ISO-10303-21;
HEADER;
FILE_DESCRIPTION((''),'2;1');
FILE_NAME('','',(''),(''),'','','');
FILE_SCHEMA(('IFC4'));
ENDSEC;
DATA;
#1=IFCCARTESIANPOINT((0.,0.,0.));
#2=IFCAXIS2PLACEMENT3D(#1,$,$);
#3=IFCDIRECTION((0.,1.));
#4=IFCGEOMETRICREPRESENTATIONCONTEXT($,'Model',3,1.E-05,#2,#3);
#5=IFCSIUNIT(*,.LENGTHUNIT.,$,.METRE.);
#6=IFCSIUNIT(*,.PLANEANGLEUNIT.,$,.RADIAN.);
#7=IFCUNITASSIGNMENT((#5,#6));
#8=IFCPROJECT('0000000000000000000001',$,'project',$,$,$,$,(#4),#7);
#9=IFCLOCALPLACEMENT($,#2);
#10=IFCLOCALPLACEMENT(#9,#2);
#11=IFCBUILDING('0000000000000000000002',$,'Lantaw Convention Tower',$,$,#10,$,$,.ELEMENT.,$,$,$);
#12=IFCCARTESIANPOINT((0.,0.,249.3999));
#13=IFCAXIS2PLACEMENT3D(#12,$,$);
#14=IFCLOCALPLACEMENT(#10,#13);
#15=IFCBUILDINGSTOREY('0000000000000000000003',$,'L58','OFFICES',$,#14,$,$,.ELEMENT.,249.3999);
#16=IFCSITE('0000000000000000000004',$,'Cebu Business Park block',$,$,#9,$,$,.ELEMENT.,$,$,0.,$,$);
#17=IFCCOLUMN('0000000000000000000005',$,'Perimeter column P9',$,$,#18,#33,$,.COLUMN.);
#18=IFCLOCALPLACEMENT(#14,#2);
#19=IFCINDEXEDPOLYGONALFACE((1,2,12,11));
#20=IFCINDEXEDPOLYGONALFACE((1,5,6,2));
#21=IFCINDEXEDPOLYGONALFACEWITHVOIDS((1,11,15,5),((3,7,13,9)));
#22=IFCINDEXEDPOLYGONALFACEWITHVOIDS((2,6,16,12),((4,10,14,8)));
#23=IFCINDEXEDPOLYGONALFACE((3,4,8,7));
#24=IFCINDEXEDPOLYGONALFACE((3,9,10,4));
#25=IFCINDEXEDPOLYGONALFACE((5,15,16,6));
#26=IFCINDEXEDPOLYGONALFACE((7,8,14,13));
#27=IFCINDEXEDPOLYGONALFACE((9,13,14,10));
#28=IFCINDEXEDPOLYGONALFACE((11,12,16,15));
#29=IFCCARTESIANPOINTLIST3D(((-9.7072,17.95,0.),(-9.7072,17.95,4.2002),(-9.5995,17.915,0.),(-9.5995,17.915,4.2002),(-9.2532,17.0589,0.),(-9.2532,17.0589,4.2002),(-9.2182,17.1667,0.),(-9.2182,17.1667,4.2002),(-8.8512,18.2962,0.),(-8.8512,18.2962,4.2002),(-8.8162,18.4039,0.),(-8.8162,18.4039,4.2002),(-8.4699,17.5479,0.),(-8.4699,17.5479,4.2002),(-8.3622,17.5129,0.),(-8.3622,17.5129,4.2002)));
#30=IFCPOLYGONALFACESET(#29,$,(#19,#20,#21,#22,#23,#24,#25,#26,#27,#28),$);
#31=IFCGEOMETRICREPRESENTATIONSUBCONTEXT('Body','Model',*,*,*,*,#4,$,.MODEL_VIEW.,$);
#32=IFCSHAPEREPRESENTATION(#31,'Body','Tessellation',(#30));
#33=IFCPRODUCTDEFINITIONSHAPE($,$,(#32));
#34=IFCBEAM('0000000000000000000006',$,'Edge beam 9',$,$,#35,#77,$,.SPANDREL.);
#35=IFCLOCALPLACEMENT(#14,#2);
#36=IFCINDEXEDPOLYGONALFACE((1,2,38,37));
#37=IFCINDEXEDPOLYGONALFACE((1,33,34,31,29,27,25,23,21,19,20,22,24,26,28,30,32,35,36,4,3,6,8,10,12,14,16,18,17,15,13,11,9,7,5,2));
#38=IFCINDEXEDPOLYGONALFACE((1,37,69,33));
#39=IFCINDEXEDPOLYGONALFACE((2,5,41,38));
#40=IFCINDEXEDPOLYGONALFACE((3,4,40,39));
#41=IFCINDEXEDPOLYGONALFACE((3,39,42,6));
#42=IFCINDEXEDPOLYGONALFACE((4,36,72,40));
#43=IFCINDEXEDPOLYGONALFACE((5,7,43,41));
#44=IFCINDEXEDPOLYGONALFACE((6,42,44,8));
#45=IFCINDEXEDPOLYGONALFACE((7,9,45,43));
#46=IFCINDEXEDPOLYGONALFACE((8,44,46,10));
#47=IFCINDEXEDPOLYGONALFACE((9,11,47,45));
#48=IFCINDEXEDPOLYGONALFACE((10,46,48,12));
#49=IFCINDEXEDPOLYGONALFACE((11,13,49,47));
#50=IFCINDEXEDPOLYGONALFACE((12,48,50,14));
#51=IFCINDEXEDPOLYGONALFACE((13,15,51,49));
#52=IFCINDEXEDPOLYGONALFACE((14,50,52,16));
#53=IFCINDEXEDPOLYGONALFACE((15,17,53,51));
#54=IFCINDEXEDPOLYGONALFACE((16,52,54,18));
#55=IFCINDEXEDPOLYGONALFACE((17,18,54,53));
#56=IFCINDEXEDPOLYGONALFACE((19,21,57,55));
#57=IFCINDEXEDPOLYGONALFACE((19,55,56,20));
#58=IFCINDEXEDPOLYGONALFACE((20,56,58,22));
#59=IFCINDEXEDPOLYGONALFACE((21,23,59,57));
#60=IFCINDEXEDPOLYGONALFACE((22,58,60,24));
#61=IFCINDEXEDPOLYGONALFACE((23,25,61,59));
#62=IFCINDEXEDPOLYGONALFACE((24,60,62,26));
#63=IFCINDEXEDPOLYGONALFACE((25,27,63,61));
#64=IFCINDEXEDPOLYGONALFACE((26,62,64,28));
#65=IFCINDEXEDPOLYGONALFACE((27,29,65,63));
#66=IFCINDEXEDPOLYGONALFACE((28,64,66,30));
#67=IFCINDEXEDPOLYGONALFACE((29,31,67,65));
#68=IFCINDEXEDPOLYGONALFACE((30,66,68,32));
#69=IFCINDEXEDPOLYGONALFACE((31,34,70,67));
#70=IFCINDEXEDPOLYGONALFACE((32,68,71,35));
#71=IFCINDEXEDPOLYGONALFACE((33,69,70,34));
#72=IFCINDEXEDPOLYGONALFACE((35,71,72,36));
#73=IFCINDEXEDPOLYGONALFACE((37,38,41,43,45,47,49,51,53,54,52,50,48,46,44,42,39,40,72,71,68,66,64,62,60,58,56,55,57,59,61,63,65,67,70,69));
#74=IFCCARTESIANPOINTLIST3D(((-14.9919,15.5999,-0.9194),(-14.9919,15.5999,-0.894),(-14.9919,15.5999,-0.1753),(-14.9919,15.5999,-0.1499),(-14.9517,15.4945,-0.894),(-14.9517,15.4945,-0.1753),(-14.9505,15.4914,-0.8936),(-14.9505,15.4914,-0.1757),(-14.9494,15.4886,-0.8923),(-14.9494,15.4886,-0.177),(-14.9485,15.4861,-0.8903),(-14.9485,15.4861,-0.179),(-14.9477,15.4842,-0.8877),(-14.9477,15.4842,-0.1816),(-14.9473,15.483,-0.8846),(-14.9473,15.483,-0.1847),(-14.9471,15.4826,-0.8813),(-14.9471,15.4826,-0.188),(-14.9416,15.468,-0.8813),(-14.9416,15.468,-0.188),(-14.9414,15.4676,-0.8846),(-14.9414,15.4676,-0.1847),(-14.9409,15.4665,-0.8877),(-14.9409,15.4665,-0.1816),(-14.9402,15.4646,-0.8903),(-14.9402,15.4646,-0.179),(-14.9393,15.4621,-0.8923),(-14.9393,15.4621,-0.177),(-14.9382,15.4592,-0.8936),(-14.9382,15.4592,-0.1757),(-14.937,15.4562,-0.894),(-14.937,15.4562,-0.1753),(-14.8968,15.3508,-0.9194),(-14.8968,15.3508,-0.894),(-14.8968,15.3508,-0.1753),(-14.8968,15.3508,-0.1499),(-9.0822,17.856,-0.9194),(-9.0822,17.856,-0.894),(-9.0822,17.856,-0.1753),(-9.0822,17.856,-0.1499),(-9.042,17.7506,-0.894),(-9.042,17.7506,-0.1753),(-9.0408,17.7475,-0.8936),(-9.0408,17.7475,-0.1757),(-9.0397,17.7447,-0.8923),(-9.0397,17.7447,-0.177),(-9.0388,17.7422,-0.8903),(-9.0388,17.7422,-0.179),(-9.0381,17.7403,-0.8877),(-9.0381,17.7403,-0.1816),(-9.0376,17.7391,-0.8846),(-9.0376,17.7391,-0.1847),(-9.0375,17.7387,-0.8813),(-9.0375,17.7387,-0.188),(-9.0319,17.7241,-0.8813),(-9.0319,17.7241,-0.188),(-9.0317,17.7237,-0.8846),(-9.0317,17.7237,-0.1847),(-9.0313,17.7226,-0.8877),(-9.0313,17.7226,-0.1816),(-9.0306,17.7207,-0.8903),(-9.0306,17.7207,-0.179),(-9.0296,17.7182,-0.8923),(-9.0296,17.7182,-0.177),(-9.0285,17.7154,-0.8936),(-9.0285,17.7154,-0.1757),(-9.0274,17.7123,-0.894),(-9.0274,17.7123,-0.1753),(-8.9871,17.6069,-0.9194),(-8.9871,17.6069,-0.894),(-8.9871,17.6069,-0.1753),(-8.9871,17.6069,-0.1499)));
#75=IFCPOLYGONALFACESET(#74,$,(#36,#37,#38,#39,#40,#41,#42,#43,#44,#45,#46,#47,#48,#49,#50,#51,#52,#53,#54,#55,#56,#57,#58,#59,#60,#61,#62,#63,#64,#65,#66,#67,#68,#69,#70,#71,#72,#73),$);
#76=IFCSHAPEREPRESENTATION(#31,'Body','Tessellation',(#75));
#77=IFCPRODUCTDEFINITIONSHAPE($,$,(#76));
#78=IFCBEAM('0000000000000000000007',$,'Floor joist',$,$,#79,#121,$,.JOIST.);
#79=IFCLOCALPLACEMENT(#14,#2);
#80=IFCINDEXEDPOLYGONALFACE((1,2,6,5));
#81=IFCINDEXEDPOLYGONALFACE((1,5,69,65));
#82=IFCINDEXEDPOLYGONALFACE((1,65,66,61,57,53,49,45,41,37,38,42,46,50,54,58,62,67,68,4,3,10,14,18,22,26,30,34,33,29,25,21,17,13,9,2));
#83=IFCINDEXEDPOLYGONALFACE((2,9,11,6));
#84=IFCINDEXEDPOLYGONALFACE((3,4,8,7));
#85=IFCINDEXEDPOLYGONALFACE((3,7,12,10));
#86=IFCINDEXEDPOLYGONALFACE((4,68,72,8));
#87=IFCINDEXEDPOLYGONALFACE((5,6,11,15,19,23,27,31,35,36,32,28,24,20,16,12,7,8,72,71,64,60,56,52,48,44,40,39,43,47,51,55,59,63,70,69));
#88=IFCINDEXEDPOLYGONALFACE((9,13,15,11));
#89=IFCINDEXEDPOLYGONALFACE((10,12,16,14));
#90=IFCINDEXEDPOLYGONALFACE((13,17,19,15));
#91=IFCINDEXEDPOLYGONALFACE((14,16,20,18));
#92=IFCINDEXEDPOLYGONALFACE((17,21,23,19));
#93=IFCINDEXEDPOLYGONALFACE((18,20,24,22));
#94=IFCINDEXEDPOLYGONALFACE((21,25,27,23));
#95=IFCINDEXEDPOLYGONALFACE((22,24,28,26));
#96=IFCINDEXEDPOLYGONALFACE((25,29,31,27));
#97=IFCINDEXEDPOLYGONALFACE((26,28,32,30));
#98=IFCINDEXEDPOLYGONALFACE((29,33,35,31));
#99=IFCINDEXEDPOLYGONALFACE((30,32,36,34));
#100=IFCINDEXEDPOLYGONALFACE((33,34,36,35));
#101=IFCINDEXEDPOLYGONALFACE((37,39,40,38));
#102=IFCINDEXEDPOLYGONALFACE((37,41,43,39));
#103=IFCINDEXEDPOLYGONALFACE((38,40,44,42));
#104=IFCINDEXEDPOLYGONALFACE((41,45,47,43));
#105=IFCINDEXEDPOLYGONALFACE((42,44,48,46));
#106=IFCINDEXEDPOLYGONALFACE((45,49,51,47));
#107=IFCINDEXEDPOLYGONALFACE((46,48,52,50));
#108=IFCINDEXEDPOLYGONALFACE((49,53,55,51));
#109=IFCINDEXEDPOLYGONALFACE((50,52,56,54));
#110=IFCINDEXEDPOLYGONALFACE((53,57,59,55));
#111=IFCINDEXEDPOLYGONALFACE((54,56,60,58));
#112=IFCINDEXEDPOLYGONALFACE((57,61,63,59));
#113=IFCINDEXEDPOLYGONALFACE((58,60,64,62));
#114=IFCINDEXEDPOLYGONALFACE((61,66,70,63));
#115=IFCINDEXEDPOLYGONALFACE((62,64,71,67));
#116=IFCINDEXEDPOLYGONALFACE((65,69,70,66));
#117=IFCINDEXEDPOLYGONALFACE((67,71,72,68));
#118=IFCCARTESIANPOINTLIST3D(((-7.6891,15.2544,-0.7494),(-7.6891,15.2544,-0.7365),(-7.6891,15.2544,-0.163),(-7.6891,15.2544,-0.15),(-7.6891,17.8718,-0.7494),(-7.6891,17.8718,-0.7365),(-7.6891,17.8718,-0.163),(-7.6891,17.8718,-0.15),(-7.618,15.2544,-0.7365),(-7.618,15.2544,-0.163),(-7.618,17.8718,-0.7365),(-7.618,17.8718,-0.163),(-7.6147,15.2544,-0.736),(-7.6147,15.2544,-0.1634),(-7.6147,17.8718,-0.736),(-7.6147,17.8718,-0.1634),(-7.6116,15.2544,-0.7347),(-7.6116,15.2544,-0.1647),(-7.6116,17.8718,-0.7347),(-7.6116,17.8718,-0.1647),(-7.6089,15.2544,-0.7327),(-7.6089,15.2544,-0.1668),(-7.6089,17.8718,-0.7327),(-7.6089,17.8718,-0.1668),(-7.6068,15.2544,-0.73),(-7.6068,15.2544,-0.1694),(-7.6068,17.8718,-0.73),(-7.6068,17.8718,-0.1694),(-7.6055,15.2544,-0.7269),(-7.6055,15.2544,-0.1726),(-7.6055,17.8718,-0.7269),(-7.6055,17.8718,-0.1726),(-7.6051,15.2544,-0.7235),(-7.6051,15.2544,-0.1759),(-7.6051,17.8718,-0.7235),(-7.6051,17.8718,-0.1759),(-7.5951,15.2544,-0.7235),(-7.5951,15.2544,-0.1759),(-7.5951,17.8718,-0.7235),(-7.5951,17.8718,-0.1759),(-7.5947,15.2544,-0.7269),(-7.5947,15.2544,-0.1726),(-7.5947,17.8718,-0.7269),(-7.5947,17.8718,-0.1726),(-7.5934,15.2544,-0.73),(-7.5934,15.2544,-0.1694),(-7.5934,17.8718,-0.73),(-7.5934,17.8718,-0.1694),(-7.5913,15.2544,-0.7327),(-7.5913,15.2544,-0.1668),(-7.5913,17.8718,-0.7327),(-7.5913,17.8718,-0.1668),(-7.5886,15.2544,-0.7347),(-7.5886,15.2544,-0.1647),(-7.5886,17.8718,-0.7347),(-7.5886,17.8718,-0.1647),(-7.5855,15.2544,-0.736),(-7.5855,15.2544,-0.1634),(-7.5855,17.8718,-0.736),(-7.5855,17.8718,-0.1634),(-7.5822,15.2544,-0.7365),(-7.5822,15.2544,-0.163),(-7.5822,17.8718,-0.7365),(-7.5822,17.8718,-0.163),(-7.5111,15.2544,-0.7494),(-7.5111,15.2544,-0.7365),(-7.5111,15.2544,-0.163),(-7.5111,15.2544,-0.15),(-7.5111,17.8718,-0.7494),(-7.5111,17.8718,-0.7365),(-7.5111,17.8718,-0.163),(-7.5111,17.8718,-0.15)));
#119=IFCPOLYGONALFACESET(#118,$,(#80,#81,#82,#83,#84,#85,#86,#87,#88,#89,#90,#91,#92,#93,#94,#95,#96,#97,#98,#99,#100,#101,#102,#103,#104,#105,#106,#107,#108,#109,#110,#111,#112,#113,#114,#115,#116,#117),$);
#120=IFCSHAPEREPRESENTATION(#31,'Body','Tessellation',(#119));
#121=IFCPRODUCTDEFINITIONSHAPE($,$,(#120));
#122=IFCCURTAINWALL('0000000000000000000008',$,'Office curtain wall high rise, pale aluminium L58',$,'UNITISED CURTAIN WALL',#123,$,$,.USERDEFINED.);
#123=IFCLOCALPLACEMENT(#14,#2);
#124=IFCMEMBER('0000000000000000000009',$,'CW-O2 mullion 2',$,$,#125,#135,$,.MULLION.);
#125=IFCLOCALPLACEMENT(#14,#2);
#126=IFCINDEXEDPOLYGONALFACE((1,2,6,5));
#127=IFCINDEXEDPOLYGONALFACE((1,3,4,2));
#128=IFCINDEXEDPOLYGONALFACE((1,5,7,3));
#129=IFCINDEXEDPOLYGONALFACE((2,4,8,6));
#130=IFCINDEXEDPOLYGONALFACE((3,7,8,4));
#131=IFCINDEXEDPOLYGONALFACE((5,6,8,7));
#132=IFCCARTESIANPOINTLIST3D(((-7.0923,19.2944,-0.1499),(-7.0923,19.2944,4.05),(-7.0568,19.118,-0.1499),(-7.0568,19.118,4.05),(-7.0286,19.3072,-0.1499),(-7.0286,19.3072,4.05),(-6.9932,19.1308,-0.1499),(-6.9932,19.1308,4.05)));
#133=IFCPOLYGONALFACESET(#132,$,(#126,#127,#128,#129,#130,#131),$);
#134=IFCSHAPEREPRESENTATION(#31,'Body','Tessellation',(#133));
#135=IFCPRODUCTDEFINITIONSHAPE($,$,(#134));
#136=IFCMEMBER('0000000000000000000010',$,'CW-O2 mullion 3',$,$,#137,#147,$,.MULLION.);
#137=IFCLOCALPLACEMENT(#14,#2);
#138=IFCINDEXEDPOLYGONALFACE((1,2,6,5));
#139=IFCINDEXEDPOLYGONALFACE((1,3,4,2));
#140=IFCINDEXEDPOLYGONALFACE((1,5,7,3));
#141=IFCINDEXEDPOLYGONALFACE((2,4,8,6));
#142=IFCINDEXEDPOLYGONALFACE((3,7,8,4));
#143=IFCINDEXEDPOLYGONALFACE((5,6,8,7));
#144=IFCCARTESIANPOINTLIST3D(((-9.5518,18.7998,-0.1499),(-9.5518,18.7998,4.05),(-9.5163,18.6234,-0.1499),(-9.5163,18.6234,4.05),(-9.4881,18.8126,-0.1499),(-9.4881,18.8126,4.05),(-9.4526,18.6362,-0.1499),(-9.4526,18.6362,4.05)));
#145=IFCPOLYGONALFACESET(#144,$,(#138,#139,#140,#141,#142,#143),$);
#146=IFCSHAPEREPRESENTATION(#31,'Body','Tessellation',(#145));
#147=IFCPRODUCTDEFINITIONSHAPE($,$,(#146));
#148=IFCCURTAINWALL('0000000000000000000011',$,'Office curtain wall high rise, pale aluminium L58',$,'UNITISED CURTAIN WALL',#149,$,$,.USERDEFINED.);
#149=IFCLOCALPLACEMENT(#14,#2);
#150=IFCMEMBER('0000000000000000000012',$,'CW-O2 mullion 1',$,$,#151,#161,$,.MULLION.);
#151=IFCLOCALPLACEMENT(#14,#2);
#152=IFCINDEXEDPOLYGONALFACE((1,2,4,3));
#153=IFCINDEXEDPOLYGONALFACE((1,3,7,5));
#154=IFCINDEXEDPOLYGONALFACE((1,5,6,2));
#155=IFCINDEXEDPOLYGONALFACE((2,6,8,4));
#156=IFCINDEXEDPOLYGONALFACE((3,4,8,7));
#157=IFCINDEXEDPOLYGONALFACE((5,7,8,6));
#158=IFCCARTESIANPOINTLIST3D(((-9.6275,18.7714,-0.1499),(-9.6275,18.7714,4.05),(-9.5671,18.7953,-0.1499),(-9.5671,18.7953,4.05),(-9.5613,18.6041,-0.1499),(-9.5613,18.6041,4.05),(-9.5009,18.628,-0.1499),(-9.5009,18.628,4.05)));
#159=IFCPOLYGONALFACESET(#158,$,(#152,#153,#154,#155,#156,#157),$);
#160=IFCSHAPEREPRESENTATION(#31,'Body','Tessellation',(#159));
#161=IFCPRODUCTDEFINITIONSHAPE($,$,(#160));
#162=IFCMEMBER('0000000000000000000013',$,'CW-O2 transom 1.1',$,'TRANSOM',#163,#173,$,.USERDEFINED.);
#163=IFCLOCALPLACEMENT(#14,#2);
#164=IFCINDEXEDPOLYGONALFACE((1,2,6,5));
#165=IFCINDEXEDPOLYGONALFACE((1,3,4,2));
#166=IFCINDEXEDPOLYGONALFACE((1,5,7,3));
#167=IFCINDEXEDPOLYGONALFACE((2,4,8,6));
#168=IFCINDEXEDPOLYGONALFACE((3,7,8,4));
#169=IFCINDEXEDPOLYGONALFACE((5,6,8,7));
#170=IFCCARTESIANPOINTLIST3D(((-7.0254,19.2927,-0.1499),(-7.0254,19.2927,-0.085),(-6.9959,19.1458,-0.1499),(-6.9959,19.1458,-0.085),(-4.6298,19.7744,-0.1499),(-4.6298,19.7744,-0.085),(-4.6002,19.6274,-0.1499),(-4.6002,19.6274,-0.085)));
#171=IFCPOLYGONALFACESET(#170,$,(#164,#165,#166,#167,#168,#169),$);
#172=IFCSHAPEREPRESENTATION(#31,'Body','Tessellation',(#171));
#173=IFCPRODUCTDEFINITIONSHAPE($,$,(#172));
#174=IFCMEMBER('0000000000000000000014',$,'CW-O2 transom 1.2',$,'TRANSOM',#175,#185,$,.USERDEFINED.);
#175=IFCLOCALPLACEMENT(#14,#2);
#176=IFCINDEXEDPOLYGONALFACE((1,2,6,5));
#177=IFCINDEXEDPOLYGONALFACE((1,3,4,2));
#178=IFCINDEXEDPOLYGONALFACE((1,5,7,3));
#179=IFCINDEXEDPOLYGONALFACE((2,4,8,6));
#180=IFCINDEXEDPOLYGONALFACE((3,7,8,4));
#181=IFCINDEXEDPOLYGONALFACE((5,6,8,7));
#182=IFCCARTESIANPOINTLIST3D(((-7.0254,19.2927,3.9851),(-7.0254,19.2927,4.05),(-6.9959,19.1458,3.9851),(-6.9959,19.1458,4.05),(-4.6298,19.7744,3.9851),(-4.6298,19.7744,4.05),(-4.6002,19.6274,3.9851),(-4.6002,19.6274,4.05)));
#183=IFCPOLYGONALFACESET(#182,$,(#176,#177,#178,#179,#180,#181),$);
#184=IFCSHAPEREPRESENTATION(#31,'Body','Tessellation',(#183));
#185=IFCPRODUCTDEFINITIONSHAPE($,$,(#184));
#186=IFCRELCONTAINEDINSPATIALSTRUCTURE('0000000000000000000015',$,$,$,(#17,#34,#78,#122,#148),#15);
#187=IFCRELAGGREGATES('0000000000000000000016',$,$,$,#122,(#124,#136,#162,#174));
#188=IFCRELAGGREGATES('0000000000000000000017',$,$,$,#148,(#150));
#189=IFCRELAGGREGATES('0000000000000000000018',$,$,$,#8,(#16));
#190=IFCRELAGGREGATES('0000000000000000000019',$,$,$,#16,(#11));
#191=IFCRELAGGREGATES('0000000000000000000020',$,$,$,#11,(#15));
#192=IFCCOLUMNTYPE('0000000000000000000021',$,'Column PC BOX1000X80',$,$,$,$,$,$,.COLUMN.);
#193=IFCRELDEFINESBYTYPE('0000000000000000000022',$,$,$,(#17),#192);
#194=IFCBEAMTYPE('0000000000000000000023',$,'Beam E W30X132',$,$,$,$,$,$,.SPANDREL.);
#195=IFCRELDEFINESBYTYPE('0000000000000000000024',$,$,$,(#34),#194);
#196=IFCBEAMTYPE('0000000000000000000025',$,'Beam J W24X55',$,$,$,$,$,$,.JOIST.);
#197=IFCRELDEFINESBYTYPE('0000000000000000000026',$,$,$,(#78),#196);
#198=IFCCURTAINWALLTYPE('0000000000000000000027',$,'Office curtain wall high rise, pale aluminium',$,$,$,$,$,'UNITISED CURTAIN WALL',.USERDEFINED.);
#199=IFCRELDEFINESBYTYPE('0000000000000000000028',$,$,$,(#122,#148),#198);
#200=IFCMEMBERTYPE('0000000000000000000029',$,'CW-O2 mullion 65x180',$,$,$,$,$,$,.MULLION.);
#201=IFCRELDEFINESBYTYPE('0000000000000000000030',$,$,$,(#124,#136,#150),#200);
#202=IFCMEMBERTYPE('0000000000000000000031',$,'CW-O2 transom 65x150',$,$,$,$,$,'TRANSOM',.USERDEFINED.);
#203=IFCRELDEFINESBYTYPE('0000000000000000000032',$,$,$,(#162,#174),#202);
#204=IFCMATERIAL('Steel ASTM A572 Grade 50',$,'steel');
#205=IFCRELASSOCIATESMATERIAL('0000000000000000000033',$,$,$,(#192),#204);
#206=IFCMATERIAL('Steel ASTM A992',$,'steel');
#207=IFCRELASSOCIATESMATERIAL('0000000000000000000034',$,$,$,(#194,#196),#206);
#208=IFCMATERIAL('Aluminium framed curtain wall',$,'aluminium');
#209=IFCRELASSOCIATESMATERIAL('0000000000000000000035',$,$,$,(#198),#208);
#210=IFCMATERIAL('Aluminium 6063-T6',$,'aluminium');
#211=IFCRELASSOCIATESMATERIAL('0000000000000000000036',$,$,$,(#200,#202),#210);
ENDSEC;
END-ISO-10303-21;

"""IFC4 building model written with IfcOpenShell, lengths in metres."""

from ifc_helpers import new_model, si_unit, direction, frame, origin, origin_2d, place, context, subcontext, project, spatial, rectangle, hollow_rectangle, i_section, extrude, material, material_profile, profile_set, type_object, element, aggregate, save


model = new_model("IFC4")

# Units and contexts
model_context = context("Model", 3, precision=1e-05, world=origin(), true_north=direction((0.0, 1.0)))
body_context = subcontext(model_context, "Body", "Model", "MODEL_VIEW")
ifc_project = project(units=[si_unit("LENGTHUNIT", "METRE"), si_unit("PLANEANGLEUNIT", "RADIAN")], contexts=[model_context])

# Site, building, storey
site_placement = place(None, origin())
site = spatial("IfcSite", under=ifc_project, at=site_placement, Name="Cebu Business Park block", CompositionType="ELEMENT", RefElevation=0.0)
building_placement = place(site_placement, origin())
building = spatial("IfcBuilding", under=site, at=building_placement, Name="Lantaw Convention Tower", CompositionType="ELEMENT")
storey_placement = place(building_placement, frame((0.0, 0.0, 249.3999)))
storey = spatial("IfcBuildingStorey", under=building, at=storey_placement, Name="L58", Description="OFFICES", CompositionType="ELEMENT", Elevation=249.3999)

# Column
ifc_material_1 = material(Name="Steel ASTM A572 Grade 50", Category="steel")
ifc_material_profile_1 = material_profile(ifc_material_1, hollow_rectangle(XDim=1.0, YDim=1.0, WallThickness=0.0801, at=origin_2d()), Name="BOX1000X80")
ifc_material_2 = material(Name="Concrete C60/75", Category="concrete")
ifc_material_profile_2 = material_profile(ifc_material_2, rectangle(XDim=0.8401, YDim=0.8401, at=origin_2d()), Name="Concrete fill of BOX1000X80")
ifc_profile_set_1 = profile_set([ifc_material_profile_1, ifc_material_profile_2], Name="Steel ASTM A572 Grade 50")
column_type = type_object("IfcColumnType", Name="Column PC BOX1000X80", PredefinedType="COLUMN", material=ifc_profile_set_1)
column_placement = place(storey_placement, frame((-9.0347, 17.7314, 0.0), z_axis=(0.0, 0.0, 1.0), x_axis=(0.891007, 0.45399, 0.0)))
element("IfcColumn", 1, at=column_placement, inside=storey, type_object=column_type, Name="Perimeter column P9", PredefinedType="COLUMN", context=body_context, shape_type="SweptSolid", body=[
    extrude(hollow_rectangle(XDim=1.0, YDim=1.0, WallThickness=0.0801, at=origin_2d()), origin(), (0.0, 0.0, 1.0), 4.2002),
])

# Beams
ifc_material_3 = material(Name="Steel ASTM A992", Category="steel")
ifc_material_profile_3 = material_profile(ifc_material_3, i_section(OverallWidth=0.2666, OverallDepth=0.7695, WebThickness=0.0156, FlangeThickness=0.0254, FilletRadius=0.0127, at=origin_2d()), Name="W30X132")
ifc_profile_set_2 = profile_set([ifc_material_profile_3], Name="Steel ASTM A992")
beam_type_1 = type_object("IfcBeamType", Name="Beam E W30X132", PredefinedType="SPANDREL", material=ifc_profile_set_2)
beam_1_placement = place(storey_placement, frame((-9.0347, 17.7314, -0.5347), z_axis=(-0.934235, -0.356658, 0.0), x_axis=(0.356658, -0.934235, 0.0)))
element("IfcBeam", 2, at=beam_1_placement, inside=storey, type_object=beam_type_1, Name="Edge beam 9", PredefinedType="SPANDREL", context=body_context, shape_type="SweptSolid", body=[
    extrude(i_section(OverallWidth=0.2666, OverallDepth=0.7695, WebThickness=0.0156, FlangeThickness=0.0254, FilletRadius=0.0127, at=origin_2d()), origin(), (0.0, 0.0, 1.0), 6.3257),
])
ifc_material_profile_4 = material_profile(ifc_material_3, i_section(OverallWidth=0.178, OverallDepth=0.5994, WebThickness=0.01, FlangeThickness=0.0129, FilletRadius=0.0129, at=origin_2d()), Name="W24X55")
ifc_profile_set_3 = profile_set([ifc_material_profile_4], Name="Steel ASTM A992")
beam_type_2 = type_object("IfcBeamType", Name="Beam J W24X55", PredefinedType="JOIST", material=ifc_profile_set_3)
beam_2_placement = place(storey_placement, frame((-7.6001, 15.2544, -0.4497), z_axis=(0.0, 1.0, 0.0), x_axis=(-1.0, 0.0, 0.0)))
element("IfcBeam", 3, at=beam_2_placement, inside=storey, type_object=beam_type_2, Name="Floor joist", PredefinedType="JOIST", context=body_context, shape_type="SweptSolid", body=[
    extrude(i_section(OverallWidth=0.178, OverallDepth=0.5994, WebThickness=0.01, FlangeThickness=0.0129, FilletRadius=0.0129, at=origin_2d()), origin(), (0.0, 0.0, 1.0), 2.6174),
])

# Curtain wall, members
ifc_material_4 = material(Name="Aluminium framed curtain wall", Category="aluminium")
curtain_wall_type = type_object("IfcCurtainWallType", Name="Office curtain wall high rise, pale aluminium", ElementType="UNITISED CURTAIN WALL", PredefinedType="USERDEFINED", material=ifc_material_4)
curtain_wall_1_placement = place(storey_placement, origin())
curtain_wall_1 = element("IfcCurtainWall", 4, at=curtain_wall_1_placement, inside=storey, type_object=curtain_wall_type, Name="Office curtain wall high rise, pale aluminium L58", ObjectType="UNITISED CURTAIN WALL", PredefinedType="USERDEFINED")
ifc_material_5 = material(Name="Aluminium 6063-T6", Category="aluminium")
ifc_material_profile_5 = material_profile(ifc_material_5, rectangle(XDim=0.1799, YDim=0.0649, at=origin_2d()), Name="CW-O2 mullion 65x180")
ifc_profile_set_4 = profile_set([ifc_material_profile_5], Name="Aluminium 6063-T6")
member_type_1 = type_object("IfcMemberType", Name="CW-O2 mullion 65x180", PredefinedType="MULLION", material=ifc_profile_set_4)
member_1_placement = place(storey_placement, frame((-7.0427, 19.2126, -0.1499), z_axis=(0.0, 0.0, 1.0), x_axis=(0.197183, -0.980367, 0.0)))
member_1 = element("IfcMember", 5, at=member_1_placement, type_object=member_type_1, Name="CW-O2 mullion 2", PredefinedType="MULLION", context=body_context, shape_type="SweptSolid", body=[
    extrude(rectangle(XDim=0.1799, YDim=0.0649, at=origin_2d()), origin(), (0.0, 0.0, 1.0), 4.2),
])
member_2_placement = place(storey_placement, frame((-9.5022, 18.718, -0.1499), z_axis=(0.0, 0.0, 1.0), x_axis=(0.197183, -0.980367, 0.0)))
member_2 = element("IfcMember", 6, at=member_2_placement, type_object=member_type_1, Name="CW-O2 mullion 3", PredefinedType="MULLION", context=body_context, shape_type="SweptSolid", body=[
    extrude(rectangle(XDim=0.1799, YDim=0.0649, at=origin_2d()), origin(), (0.0, 0.0, 1.0), 4.2),
])

# Curtain wall, member
curtain_wall_2_placement = place(storey_placement, origin())
curtain_wall_2 = element("IfcCurtainWall", 7, at=curtain_wall_2_placement, inside=storey, type_object=curtain_wall_type, Name="Office curtain wall high rise, pale aluminium L58", ObjectType="UNITISED CURTAIN WALL", PredefinedType="USERDEFINED")
member_3_placement = place(storey_placement, frame((-9.5642, 18.6997, -0.1499), z_axis=(0.0, 0.0, 1.0), x_axis=(0.368162, -0.929762, 0.0)))
member_3 = element("IfcMember", 8, at=member_3_placement, type_object=member_type_1, Name="CW-O2 mullion 1", PredefinedType="MULLION", context=body_context, shape_type="SweptSolid", body=[
    extrude(rectangle(XDim=0.1799, YDim=0.0649, at=origin_2d()), origin(), (0.0, 0.0, 1.0), 4.2),
])

# Members
ifc_material_profile_6 = material_profile(ifc_material_5, rectangle(XDim=0.1499, YDim=0.0649, at=origin_2d()), Name="CW-O2 transom 65x150")
ifc_profile_set_5 = profile_set([ifc_material_profile_6], Name="Aluminium 6063-T6")
member_type_2 = type_object("IfcMemberType", Name="CW-O2 transom 65x150", ElementType="TRANSOM", PredefinedType="USERDEFINED", material=ifc_profile_set_5)
member_4_placement = place(storey_placement, frame((-4.615, 19.7009, -0.1174), z_axis=(-0.98038, -0.197115, 0.0), x_axis=(0.197115, -0.98038, 0.0)))
member_4 = element("IfcMember", 9, at=member_4_placement, type_object=member_type_2, Name="CW-O2 transom 1.1", ObjectType="TRANSOM", PredefinedType="USERDEFINED", context=body_context, shape_type="SweptSolid", body=[
    extrude(rectangle(XDim=0.1499, YDim=0.0649, at=origin_2d()), origin(), (0.0, 0.0, 1.0), 2.4436),
])
member_5_placement = place(storey_placement, frame((-4.615, 19.7009, 4.0176), z_axis=(-0.98038, -0.197115, 0.0), x_axis=(0.197115, -0.98038, 0.0)))
member_5 = element("IfcMember", 10, at=member_5_placement, type_object=member_type_2, Name="CW-O2 transom 1.2", ObjectType="TRANSOM", PredefinedType="USERDEFINED", context=body_context, shape_type="SweptSolid", body=[
    extrude(rectangle(XDim=0.1499, YDim=0.0649, at=origin_2d()), origin(), (0.0, 0.0, 1.0), 2.4436),
])

aggregate(curtain_wall_1, [member_1, member_2, member_4, member_5])
aggregate(curtain_wall_2, [member_3])

save(model, "model.ifc")
